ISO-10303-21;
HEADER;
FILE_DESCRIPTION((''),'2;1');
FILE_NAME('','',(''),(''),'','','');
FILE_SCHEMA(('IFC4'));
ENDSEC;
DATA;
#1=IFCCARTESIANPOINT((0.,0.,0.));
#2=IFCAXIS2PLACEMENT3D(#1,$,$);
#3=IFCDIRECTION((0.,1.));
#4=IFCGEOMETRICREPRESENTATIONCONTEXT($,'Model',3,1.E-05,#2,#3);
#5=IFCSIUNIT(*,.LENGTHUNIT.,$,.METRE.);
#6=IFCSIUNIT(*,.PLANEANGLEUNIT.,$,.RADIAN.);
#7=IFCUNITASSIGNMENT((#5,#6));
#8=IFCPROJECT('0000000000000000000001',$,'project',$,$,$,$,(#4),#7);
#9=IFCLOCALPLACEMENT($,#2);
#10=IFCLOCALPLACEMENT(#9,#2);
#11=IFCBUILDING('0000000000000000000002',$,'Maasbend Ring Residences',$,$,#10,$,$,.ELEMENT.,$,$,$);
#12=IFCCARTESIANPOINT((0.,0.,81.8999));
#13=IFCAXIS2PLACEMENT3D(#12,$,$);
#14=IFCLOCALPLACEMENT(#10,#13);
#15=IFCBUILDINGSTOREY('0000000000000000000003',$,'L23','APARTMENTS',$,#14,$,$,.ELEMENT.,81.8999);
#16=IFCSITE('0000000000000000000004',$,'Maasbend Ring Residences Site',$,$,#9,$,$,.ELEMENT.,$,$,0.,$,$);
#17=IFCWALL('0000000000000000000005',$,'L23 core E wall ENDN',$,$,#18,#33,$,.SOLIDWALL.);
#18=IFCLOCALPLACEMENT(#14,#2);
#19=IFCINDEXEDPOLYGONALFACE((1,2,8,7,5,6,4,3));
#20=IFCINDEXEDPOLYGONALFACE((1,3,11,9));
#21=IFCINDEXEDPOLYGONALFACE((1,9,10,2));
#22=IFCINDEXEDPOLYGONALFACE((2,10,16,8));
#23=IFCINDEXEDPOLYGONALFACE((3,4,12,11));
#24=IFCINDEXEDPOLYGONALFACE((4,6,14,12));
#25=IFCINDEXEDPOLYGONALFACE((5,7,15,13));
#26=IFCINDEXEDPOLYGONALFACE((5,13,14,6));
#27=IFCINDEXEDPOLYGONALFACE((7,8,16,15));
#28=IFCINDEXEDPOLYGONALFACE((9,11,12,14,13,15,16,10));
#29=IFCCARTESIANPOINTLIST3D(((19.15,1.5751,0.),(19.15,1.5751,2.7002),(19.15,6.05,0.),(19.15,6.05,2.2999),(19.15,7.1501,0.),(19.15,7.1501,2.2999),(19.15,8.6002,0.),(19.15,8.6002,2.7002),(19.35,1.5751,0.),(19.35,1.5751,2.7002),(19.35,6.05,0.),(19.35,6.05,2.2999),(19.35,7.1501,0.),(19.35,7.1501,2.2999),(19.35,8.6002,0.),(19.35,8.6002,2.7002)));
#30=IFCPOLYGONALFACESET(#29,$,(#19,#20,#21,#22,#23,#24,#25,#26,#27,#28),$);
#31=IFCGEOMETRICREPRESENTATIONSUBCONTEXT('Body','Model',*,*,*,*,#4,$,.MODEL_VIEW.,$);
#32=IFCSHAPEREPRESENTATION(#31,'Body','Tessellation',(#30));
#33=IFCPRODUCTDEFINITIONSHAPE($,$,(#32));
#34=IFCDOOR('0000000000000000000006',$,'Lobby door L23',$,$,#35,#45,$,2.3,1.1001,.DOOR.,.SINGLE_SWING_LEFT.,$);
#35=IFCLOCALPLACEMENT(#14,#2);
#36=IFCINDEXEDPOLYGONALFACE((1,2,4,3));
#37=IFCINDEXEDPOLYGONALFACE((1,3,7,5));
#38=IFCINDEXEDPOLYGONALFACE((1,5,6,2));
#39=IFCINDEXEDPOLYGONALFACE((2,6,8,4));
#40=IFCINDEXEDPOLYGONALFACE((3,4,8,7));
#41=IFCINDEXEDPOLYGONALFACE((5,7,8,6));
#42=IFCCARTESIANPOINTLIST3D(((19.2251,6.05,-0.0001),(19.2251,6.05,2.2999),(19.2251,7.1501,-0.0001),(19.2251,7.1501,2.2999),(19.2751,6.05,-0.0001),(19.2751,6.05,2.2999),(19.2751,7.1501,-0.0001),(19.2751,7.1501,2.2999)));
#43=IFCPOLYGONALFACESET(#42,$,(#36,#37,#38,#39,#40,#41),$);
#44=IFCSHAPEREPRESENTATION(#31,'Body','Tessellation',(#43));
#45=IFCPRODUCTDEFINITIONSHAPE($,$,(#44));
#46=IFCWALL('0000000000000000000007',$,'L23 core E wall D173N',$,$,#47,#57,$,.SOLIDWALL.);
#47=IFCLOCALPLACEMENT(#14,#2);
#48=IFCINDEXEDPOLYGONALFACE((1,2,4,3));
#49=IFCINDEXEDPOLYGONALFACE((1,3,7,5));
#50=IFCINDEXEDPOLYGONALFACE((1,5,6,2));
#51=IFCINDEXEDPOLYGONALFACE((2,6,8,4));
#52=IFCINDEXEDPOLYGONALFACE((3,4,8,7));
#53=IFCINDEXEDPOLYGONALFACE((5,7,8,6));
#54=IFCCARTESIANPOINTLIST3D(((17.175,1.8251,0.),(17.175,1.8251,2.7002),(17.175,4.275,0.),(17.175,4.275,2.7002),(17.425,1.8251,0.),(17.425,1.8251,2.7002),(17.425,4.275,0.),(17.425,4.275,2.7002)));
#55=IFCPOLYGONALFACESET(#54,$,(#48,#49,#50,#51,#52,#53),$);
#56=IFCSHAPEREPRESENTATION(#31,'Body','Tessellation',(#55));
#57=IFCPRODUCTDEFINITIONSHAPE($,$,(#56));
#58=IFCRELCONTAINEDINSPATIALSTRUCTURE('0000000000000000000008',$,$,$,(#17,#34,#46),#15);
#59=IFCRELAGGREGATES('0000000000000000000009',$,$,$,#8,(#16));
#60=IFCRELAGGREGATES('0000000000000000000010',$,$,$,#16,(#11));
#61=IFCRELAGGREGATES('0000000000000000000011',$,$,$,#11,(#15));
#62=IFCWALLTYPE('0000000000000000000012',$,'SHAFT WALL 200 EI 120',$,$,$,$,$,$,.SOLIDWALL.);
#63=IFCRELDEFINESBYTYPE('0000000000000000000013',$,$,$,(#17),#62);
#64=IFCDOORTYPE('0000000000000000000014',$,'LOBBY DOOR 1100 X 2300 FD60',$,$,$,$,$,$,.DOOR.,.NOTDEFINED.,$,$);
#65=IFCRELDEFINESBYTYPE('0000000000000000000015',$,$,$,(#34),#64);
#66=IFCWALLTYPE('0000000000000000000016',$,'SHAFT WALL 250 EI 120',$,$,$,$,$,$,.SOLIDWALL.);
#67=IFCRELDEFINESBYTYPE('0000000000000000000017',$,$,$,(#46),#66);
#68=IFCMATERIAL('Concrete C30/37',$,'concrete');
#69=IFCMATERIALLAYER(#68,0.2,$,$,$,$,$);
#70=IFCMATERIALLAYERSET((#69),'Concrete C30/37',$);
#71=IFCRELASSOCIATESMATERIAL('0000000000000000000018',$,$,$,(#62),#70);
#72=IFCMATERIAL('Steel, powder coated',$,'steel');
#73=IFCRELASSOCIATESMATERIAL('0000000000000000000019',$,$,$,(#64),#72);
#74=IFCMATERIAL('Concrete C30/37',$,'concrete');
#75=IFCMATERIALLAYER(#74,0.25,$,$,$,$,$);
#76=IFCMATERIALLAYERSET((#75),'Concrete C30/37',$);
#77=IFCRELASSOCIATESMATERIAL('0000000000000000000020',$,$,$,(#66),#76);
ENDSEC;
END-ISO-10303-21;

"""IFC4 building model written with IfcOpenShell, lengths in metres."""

from ifc_helpers import new_model, si_unit, direction, frame, frame_2d, origin, place, context, subcontext, project, spatial, rectangle, extrude, material, layer, layer_set, type_object, element, fill, save


model = new_model("IFC4")

# Units and contexts
model_context = context("Model", 3, precision=1e-05, world=origin(), true_north=direction((0.0, 1.0)))
body_context = subcontext(model_context, "Body", "Model", "MODEL_VIEW")
ifc_project = project(units=[si_unit("LENGTHUNIT", "METRE"), si_unit("PLANEANGLEUNIT", "RADIAN")], contexts=[model_context])

# Site, building, storey
site_placement = place(None, origin())
site = spatial("IfcSite", under=ifc_project, at=site_placement, Name="Maasbend Ring Residences Site", CompositionType="ELEMENT", RefElevation=0.0)
building_placement = place(site_placement, origin())
building = spatial("IfcBuilding", under=site, at=building_placement, Name="Maasbend Ring Residences", CompositionType="ELEMENT")
storey_placement = place(building_placement, frame((0.0, 0.0, 81.8999)))
storey = spatial("IfcBuildingStorey", under=building, at=storey_placement, Name="L23", Description="APARTMENTS", CompositionType="ELEMENT", Elevation=81.8999)

# Wall, opening, door
ifc_material_1 = material(Name="Concrete C30/37", Category="concrete")
ifc_layer_1 = layer(ifc_material_1, 0.2)
ifc_layer_set_1 = layer_set([ifc_layer_1], Name="Concrete C30/37")
wall_type_1 = type_object("IfcWallType", Name="SHAFT WALL 200 EI 120", PredefinedType="SOLIDWALL", material=ifc_layer_set_1)
wall_1_placement = place(storey_placement, frame((19.25, 1.575, 0.0), z_axis=(0.0, 0.0, 1.0), x_axis=(0.0, 1.0, 0.0)))
wall_1 = element("IfcWall", 1, at=wall_1_placement, inside=storey, type_object=wall_type_1, Name="L23 core E wall ENDN", PredefinedType="SOLIDWALL", context=body_context, shape_type="SweptSolid", body=[
    extrude(rectangle(XDim=7.0251, YDim=0.2, at=frame_2d((3.5127, 0.0))), origin(), (0.0, 0.0, 1.0), 2.7002),
])
opening_1_placement = place(wall_1_placement, frame((4.4751, 0.0, 0.0)))
opening_1 = element("IfcOpeningElement", 2, at=opening_1_placement, cuts=wall_1, PredefinedType="OPENING", context=body_context, shape_type="SweptSolid", body=[
    extrude(rectangle(XDim=1.1001, YDim=2.3, at=frame_2d((0.55, 1.1499))), frame((0.0, 0.1099, 0.0), z_axis=(0.0, -1.0, 0.0), x_axis=(1.0, 0.0, 0.0)), (0.0, 0.0, 1.0), 0.22),
])
ifc_material_2 = material(Name="Steel, powder coated", Category="steel")
door_type_1 = type_object("IfcDoorType", Name="LOBBY DOOR 1100 X 2300 FD60", OperationType="NOTDEFINED", PredefinedType="DOOR", material=ifc_material_2)
door_1_placement = place(opening_1_placement, origin())
door_1 = element("IfcDoor", 3, at=door_1_placement, inside=storey, type_object=door_type_1, Name="Lobby door L23", OperationType="SINGLE_SWING_LEFT", OverallHeight=2.3, OverallWidth=1.1001, PredefinedType="DOOR", context=body_context, shape_type="SweptSolid", body=[
    extrude(rectangle(XDim=1.1001, YDim=2.3, at=frame_2d((0.55, 1.1499))), frame((0.0, 0.0249, 0.0), z_axis=(0.0, -1.0, 0.0), x_axis=(1.0, 0.0, 0.0)), (0.0, 0.0, 1.0), 0.05),
])
fill(opening_1, door_1)

# Wall
ifc_material_3 = material(Name="Concrete C30/37", Category="concrete")
ifc_layer_2 = layer(ifc_material_3, 0.25)
ifc_layer_set_2 = layer_set([ifc_layer_2], Name="Concrete C30/37")
wall_type_2 = type_object("IfcWallType", Name="SHAFT WALL 250 EI 120", PredefinedType="SOLIDWALL", material=ifc_layer_set_2)
wall_2_placement = place(storey_placement, frame((17.3, 1.825, 0.0), z_axis=(0.0, 0.0, 1.0), x_axis=(0.0, 1.0, 0.0)))
element("IfcWall", 4, at=wall_2_placement, inside=storey, type_object=wall_type_2, Name="L23 core E wall D173N", PredefinedType="SOLIDWALL", context=body_context, shape_type="SweptSolid", body=[
    extrude(rectangle(XDim=2.45, YDim=0.25, at=frame_2d((1.2251, 0.0))), origin(), (0.0, 0.0, 1.0), 2.7002),
])

save(model, "model.ifc")
